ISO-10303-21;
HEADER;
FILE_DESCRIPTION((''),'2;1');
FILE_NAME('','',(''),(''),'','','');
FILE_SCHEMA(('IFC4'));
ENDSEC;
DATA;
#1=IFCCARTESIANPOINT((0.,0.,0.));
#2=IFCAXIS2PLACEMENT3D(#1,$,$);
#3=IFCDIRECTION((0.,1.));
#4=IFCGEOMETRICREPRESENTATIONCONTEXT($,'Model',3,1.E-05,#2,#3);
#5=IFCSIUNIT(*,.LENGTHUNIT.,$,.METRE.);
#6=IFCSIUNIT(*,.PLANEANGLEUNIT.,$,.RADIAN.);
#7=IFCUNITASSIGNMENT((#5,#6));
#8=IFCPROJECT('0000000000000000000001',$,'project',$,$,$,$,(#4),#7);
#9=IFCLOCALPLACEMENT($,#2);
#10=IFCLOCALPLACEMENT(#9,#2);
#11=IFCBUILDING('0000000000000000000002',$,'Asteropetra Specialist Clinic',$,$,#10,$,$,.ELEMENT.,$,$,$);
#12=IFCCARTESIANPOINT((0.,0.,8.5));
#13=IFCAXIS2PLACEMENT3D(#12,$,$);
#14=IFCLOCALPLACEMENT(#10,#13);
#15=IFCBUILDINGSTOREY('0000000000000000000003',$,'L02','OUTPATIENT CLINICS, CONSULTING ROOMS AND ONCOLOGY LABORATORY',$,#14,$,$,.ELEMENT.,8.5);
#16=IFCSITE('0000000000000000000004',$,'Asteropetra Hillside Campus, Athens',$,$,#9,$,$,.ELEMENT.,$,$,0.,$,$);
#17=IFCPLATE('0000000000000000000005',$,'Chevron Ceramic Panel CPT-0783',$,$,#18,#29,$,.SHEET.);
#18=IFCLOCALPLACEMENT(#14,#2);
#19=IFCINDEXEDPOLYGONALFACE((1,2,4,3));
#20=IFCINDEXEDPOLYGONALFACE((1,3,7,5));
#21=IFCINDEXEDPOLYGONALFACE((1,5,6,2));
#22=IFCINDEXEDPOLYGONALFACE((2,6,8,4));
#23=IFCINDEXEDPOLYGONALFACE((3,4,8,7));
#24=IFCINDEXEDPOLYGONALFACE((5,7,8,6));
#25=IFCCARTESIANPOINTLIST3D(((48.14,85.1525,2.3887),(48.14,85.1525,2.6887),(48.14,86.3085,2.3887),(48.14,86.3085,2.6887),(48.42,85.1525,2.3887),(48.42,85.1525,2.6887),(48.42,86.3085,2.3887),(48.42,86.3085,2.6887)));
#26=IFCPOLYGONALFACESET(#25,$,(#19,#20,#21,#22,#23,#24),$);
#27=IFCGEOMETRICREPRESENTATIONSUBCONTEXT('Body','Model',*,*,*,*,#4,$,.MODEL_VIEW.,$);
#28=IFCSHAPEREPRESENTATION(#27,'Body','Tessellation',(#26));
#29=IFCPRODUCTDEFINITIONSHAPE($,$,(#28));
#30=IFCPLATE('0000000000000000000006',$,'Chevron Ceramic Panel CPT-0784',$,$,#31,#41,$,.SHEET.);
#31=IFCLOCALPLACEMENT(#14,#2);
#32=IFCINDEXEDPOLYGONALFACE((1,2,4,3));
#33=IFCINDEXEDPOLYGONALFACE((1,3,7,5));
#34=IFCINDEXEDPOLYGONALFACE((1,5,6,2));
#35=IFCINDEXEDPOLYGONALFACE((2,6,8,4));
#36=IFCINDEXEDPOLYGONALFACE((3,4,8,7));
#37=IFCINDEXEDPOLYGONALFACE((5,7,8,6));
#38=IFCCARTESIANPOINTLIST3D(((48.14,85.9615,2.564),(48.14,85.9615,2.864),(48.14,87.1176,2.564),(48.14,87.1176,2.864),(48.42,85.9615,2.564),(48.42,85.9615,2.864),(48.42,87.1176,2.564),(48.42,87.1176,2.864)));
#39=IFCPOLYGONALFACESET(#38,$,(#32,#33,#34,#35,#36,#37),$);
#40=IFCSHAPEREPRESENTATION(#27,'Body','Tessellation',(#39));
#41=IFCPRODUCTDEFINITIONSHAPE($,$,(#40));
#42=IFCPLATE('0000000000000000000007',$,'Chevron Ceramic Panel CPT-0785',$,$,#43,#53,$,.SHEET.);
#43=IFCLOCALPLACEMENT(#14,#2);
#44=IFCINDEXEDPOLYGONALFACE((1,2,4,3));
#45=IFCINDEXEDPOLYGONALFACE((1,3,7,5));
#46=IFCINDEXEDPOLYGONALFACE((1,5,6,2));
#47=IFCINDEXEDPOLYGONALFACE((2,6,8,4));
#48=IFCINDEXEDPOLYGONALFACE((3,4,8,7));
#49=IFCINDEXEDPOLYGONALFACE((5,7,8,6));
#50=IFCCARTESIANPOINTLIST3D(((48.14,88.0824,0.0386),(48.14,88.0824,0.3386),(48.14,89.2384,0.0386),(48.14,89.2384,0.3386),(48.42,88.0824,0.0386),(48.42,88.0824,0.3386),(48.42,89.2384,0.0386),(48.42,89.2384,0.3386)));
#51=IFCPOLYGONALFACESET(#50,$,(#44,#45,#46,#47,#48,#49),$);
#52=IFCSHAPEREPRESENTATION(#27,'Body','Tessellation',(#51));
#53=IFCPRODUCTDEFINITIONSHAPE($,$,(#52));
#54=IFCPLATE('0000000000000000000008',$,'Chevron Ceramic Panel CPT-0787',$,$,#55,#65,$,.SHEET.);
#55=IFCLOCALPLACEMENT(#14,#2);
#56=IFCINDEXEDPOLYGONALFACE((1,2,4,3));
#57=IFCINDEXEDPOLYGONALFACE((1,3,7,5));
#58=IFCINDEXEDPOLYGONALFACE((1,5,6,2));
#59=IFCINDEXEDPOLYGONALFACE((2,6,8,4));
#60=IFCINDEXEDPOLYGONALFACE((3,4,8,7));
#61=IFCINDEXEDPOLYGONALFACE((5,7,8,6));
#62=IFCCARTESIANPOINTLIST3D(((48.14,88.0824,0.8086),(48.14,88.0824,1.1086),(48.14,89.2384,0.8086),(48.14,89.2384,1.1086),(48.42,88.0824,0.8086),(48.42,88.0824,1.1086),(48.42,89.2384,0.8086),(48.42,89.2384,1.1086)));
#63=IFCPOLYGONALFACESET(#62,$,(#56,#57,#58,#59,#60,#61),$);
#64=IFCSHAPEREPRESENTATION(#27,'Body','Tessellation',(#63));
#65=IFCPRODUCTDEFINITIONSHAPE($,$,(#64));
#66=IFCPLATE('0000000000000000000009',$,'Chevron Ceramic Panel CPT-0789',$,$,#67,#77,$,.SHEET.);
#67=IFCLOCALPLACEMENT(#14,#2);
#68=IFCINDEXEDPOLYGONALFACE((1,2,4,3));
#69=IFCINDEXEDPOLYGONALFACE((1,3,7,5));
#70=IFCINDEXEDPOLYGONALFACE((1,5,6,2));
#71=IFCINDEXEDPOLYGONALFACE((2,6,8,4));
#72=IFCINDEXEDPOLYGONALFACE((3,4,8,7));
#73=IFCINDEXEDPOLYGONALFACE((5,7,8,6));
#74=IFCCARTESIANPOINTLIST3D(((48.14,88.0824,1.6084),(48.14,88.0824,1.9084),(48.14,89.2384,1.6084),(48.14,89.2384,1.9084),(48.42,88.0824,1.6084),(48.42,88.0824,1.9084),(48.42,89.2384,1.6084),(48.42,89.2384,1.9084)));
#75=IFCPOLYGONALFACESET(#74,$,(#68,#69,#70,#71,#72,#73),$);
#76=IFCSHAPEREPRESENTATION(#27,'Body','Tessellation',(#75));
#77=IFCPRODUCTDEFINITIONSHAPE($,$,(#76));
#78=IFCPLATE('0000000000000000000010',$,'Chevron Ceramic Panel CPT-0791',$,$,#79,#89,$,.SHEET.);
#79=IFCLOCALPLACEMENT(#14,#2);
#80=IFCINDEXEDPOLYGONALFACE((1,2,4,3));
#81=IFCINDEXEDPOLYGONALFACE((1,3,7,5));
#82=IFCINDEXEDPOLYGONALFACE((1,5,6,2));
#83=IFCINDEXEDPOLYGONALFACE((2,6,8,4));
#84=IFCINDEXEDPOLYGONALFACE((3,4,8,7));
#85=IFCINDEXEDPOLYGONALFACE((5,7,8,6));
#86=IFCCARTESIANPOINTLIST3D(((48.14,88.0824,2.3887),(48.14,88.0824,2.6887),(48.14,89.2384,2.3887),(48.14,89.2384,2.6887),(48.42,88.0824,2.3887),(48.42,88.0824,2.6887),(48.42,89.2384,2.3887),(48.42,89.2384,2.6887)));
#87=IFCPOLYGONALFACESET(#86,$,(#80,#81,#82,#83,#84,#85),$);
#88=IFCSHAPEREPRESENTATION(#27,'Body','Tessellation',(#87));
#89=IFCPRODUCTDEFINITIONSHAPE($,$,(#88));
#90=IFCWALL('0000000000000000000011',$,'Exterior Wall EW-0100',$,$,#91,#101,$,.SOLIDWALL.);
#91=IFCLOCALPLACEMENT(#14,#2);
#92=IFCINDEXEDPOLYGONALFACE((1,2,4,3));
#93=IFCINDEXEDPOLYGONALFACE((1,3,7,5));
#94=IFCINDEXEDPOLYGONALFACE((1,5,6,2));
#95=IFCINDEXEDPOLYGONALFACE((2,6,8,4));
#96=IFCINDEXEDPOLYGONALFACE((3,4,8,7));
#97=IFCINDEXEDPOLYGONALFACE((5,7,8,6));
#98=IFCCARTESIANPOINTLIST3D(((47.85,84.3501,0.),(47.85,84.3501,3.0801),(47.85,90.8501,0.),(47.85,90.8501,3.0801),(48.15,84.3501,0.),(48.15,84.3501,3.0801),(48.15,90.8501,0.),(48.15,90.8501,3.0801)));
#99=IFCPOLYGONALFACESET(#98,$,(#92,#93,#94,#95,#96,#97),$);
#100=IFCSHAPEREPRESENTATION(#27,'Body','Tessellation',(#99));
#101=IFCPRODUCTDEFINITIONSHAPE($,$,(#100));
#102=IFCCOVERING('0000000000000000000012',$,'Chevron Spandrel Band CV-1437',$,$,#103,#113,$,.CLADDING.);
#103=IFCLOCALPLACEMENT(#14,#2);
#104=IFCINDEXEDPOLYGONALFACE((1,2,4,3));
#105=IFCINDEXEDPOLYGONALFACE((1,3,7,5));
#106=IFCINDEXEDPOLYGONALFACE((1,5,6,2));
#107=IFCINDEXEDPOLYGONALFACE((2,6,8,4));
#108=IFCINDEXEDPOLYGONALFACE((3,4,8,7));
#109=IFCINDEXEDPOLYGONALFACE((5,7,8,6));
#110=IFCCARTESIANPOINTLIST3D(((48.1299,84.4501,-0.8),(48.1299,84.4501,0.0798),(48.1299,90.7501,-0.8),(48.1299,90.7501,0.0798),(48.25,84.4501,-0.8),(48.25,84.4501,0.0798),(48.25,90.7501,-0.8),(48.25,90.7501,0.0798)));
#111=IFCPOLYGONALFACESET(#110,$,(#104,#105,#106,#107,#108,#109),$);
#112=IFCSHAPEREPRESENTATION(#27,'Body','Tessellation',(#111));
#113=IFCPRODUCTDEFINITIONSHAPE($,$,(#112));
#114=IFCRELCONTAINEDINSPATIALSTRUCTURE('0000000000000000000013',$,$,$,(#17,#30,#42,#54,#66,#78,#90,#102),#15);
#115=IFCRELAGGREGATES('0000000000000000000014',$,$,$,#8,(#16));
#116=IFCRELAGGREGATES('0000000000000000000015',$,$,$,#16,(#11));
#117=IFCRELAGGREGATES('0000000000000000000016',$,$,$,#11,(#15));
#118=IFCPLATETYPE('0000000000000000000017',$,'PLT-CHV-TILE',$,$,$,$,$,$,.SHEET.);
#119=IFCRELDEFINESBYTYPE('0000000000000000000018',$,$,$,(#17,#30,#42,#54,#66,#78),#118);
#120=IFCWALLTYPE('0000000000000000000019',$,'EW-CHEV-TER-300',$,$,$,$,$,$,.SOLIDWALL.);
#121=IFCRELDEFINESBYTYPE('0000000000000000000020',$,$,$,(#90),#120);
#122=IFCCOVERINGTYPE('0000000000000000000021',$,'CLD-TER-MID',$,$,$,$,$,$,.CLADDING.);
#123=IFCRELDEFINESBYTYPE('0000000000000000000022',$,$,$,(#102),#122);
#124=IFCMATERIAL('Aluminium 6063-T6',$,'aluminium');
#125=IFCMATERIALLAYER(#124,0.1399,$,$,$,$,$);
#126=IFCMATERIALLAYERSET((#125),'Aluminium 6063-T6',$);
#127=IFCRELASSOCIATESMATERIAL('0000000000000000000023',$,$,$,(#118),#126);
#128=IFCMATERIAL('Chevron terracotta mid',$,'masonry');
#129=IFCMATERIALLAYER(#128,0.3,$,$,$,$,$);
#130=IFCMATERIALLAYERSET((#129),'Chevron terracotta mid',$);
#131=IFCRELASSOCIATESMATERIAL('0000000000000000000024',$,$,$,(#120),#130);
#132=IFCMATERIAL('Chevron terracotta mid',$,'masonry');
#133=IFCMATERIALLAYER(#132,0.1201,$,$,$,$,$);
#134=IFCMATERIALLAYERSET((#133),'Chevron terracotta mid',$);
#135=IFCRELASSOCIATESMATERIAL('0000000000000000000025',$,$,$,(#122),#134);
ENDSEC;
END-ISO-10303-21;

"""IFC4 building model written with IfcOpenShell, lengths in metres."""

from ifc_helpers import new_model, si_unit, direction, frame, frame_2d, origin, origin_2d, place, context, subcontext, project, spatial, rectangle, extrude, material, layer, layer_set, type_object, element, save


model = new_model("IFC4")

# Units and contexts
model_context = context("Model", 3, precision=1e-05, world=origin(), true_north=direction((0.0, 1.0)))
body_context = subcontext(model_context, "Body", "Model", "MODEL_VIEW")
ifc_project = project(units=[si_unit("LENGTHUNIT", "METRE"), si_unit("PLANEANGLEUNIT", "RADIAN")], contexts=[model_context])

# Site, building, storey
site_placement = place(None, origin())
site = spatial("IfcSite", under=ifc_project, at=site_placement, Name="Asteropetra Hillside Campus, Athens", CompositionType="ELEMENT", RefElevation=0.0)
building_placement = place(site_placement, origin())
building = spatial("IfcBuilding", under=site, at=building_placement, Name="Asteropetra Specialist Clinic", CompositionType="ELEMENT")
storey_placement = place(building_placement, frame((0.0, 0.0, 8.5)))
storey = spatial("IfcBuildingStorey", under=building, at=storey_placement, Name="L02", Description="OUTPATIENT CLINICS, CONSULTING ROOMS AND ONCOLOGY LABORATORY", CompositionType="ELEMENT", Elevation=8.5)

# Plates
ifc_material_1 = material(Name="Aluminium 6063-T6", Category="aluminium")
ifc_layer_1 = layer(ifc_material_1, 0.1399)
ifc_layer_set_1 = layer_set([ifc_layer_1], Name="Aluminium 6063-T6")
plate_type_1 = type_object("IfcPlateType", Name="PLT-CHV-TILE", PredefinedType="SHEET", material=ifc_layer_set_1)
for number, where, z_axis, x_axis, name in (
    (1, (48.28, 85.7305, 2.3887), (0.0, 0.0, 1.0), (1.0, 0.0, 0.0), "Chevron Ceramic Panel CPT-0783"),
    (2, (48.28, 86.5396, 2.564), (0.0, 0.0, 1.0), (1.0, 0.0, 0.0), "Chevron Ceramic Panel CPT-0784"),
    (3, (48.28, 88.6604, 0.0386), (0.0, 0.0, 1.0), (1.0, 0.0, 0.0), "Chevron Ceramic Panel CPT-0785"),
    (4, (48.28, 88.6604, 0.8086), (0.0, 0.0, 1.0), (1.0, 0.0, 0.0), "Chevron Ceramic Panel CPT-0787"),
    (5, (48.28, 88.6604, 1.6084), (0.0, 0.0, 1.0), (1.0, 0.0, 0.0), "Chevron Ceramic Panel CPT-0789"),
    (6, (48.28, 88.6604, 2.3887), (0.0, 0.0, 1.0), (1.0, 0.0, 0.0), "Chevron Ceramic Panel CPT-0791"),
):
    element("IfcPlate", number, at=place(storey_placement, frame(where, z_axis=z_axis, x_axis=x_axis)), inside=storey, type_object=plate_type_1, Name=name, PredefinedType="SHEET", context=body_context, shape_type="SweptSolid", body=[
        extrude(rectangle(XDim=0.28, YDim=1.156, at=origin_2d()), origin(), (0.0, 0.0, 1.0), 0.3),
    ])

# Wall
ifc_material_2 = material(Name="Chevron terracotta mid", Category="masonry")
ifc_layer_2 = layer(ifc_material_2, 0.3)
ifc_layer_set_2 = layer_set([ifc_layer_2], Name="Chevron terracotta mid")
wall_type = type_object("IfcWallType", Name="EW-CHEV-TER-300", PredefinedType="SOLIDWALL", material=ifc_layer_set_2)
wall_placement = place(storey_placement, frame((48.0, 84.3501, 0.0), z_axis=(0.0, 0.0, 1.0), x_axis=(0.0, 1.0, 0.0)))
element("IfcWall", 7, at=wall_placement, inside=storey, type_object=wall_type, Name="Exterior Wall EW-0100", PredefinedType="SOLIDWALL", context=body_context, shape_type="SweptSolid", body=[
    extrude(rectangle(XDim=6.5, YDim=0.3, at=frame_2d((3.25, 0.0))), origin(), (0.0, 0.0, 1.0), 3.0801),
])

# Covering
ifc_material_3 = material(Name="Chevron terracotta mid", Category="masonry")
ifc_layer_3 = layer(ifc_material_3, 0.1201)
ifc_layer_set_3 = layer_set([ifc_layer_3], Name="Chevron terracotta mid")
covering_type = type_object("IfcCoveringType", Name="CLD-TER-MID", PredefinedType="CLADDING", material=ifc_layer_set_3)
covering_placement = place(storey_placement, frame((48.1899, 87.6001, -0.8), z_axis=(0.0, 0.0, 1.0), x_axis=(1.0, 0.0, 0.0)))
element("IfcCovering", 8, at=covering_placement, inside=storey, type_object=covering_type, Name="Chevron Spandrel Band CV-1437", PredefinedType="CLADDING", context=body_context, shape_type="SweptSolid", body=[
    extrude(rectangle(XDim=0.1201, YDim=6.3, at=origin_2d()), origin(), (0.0, 0.0, 1.0), 0.8799),
])

save(model, "model.ifc")
